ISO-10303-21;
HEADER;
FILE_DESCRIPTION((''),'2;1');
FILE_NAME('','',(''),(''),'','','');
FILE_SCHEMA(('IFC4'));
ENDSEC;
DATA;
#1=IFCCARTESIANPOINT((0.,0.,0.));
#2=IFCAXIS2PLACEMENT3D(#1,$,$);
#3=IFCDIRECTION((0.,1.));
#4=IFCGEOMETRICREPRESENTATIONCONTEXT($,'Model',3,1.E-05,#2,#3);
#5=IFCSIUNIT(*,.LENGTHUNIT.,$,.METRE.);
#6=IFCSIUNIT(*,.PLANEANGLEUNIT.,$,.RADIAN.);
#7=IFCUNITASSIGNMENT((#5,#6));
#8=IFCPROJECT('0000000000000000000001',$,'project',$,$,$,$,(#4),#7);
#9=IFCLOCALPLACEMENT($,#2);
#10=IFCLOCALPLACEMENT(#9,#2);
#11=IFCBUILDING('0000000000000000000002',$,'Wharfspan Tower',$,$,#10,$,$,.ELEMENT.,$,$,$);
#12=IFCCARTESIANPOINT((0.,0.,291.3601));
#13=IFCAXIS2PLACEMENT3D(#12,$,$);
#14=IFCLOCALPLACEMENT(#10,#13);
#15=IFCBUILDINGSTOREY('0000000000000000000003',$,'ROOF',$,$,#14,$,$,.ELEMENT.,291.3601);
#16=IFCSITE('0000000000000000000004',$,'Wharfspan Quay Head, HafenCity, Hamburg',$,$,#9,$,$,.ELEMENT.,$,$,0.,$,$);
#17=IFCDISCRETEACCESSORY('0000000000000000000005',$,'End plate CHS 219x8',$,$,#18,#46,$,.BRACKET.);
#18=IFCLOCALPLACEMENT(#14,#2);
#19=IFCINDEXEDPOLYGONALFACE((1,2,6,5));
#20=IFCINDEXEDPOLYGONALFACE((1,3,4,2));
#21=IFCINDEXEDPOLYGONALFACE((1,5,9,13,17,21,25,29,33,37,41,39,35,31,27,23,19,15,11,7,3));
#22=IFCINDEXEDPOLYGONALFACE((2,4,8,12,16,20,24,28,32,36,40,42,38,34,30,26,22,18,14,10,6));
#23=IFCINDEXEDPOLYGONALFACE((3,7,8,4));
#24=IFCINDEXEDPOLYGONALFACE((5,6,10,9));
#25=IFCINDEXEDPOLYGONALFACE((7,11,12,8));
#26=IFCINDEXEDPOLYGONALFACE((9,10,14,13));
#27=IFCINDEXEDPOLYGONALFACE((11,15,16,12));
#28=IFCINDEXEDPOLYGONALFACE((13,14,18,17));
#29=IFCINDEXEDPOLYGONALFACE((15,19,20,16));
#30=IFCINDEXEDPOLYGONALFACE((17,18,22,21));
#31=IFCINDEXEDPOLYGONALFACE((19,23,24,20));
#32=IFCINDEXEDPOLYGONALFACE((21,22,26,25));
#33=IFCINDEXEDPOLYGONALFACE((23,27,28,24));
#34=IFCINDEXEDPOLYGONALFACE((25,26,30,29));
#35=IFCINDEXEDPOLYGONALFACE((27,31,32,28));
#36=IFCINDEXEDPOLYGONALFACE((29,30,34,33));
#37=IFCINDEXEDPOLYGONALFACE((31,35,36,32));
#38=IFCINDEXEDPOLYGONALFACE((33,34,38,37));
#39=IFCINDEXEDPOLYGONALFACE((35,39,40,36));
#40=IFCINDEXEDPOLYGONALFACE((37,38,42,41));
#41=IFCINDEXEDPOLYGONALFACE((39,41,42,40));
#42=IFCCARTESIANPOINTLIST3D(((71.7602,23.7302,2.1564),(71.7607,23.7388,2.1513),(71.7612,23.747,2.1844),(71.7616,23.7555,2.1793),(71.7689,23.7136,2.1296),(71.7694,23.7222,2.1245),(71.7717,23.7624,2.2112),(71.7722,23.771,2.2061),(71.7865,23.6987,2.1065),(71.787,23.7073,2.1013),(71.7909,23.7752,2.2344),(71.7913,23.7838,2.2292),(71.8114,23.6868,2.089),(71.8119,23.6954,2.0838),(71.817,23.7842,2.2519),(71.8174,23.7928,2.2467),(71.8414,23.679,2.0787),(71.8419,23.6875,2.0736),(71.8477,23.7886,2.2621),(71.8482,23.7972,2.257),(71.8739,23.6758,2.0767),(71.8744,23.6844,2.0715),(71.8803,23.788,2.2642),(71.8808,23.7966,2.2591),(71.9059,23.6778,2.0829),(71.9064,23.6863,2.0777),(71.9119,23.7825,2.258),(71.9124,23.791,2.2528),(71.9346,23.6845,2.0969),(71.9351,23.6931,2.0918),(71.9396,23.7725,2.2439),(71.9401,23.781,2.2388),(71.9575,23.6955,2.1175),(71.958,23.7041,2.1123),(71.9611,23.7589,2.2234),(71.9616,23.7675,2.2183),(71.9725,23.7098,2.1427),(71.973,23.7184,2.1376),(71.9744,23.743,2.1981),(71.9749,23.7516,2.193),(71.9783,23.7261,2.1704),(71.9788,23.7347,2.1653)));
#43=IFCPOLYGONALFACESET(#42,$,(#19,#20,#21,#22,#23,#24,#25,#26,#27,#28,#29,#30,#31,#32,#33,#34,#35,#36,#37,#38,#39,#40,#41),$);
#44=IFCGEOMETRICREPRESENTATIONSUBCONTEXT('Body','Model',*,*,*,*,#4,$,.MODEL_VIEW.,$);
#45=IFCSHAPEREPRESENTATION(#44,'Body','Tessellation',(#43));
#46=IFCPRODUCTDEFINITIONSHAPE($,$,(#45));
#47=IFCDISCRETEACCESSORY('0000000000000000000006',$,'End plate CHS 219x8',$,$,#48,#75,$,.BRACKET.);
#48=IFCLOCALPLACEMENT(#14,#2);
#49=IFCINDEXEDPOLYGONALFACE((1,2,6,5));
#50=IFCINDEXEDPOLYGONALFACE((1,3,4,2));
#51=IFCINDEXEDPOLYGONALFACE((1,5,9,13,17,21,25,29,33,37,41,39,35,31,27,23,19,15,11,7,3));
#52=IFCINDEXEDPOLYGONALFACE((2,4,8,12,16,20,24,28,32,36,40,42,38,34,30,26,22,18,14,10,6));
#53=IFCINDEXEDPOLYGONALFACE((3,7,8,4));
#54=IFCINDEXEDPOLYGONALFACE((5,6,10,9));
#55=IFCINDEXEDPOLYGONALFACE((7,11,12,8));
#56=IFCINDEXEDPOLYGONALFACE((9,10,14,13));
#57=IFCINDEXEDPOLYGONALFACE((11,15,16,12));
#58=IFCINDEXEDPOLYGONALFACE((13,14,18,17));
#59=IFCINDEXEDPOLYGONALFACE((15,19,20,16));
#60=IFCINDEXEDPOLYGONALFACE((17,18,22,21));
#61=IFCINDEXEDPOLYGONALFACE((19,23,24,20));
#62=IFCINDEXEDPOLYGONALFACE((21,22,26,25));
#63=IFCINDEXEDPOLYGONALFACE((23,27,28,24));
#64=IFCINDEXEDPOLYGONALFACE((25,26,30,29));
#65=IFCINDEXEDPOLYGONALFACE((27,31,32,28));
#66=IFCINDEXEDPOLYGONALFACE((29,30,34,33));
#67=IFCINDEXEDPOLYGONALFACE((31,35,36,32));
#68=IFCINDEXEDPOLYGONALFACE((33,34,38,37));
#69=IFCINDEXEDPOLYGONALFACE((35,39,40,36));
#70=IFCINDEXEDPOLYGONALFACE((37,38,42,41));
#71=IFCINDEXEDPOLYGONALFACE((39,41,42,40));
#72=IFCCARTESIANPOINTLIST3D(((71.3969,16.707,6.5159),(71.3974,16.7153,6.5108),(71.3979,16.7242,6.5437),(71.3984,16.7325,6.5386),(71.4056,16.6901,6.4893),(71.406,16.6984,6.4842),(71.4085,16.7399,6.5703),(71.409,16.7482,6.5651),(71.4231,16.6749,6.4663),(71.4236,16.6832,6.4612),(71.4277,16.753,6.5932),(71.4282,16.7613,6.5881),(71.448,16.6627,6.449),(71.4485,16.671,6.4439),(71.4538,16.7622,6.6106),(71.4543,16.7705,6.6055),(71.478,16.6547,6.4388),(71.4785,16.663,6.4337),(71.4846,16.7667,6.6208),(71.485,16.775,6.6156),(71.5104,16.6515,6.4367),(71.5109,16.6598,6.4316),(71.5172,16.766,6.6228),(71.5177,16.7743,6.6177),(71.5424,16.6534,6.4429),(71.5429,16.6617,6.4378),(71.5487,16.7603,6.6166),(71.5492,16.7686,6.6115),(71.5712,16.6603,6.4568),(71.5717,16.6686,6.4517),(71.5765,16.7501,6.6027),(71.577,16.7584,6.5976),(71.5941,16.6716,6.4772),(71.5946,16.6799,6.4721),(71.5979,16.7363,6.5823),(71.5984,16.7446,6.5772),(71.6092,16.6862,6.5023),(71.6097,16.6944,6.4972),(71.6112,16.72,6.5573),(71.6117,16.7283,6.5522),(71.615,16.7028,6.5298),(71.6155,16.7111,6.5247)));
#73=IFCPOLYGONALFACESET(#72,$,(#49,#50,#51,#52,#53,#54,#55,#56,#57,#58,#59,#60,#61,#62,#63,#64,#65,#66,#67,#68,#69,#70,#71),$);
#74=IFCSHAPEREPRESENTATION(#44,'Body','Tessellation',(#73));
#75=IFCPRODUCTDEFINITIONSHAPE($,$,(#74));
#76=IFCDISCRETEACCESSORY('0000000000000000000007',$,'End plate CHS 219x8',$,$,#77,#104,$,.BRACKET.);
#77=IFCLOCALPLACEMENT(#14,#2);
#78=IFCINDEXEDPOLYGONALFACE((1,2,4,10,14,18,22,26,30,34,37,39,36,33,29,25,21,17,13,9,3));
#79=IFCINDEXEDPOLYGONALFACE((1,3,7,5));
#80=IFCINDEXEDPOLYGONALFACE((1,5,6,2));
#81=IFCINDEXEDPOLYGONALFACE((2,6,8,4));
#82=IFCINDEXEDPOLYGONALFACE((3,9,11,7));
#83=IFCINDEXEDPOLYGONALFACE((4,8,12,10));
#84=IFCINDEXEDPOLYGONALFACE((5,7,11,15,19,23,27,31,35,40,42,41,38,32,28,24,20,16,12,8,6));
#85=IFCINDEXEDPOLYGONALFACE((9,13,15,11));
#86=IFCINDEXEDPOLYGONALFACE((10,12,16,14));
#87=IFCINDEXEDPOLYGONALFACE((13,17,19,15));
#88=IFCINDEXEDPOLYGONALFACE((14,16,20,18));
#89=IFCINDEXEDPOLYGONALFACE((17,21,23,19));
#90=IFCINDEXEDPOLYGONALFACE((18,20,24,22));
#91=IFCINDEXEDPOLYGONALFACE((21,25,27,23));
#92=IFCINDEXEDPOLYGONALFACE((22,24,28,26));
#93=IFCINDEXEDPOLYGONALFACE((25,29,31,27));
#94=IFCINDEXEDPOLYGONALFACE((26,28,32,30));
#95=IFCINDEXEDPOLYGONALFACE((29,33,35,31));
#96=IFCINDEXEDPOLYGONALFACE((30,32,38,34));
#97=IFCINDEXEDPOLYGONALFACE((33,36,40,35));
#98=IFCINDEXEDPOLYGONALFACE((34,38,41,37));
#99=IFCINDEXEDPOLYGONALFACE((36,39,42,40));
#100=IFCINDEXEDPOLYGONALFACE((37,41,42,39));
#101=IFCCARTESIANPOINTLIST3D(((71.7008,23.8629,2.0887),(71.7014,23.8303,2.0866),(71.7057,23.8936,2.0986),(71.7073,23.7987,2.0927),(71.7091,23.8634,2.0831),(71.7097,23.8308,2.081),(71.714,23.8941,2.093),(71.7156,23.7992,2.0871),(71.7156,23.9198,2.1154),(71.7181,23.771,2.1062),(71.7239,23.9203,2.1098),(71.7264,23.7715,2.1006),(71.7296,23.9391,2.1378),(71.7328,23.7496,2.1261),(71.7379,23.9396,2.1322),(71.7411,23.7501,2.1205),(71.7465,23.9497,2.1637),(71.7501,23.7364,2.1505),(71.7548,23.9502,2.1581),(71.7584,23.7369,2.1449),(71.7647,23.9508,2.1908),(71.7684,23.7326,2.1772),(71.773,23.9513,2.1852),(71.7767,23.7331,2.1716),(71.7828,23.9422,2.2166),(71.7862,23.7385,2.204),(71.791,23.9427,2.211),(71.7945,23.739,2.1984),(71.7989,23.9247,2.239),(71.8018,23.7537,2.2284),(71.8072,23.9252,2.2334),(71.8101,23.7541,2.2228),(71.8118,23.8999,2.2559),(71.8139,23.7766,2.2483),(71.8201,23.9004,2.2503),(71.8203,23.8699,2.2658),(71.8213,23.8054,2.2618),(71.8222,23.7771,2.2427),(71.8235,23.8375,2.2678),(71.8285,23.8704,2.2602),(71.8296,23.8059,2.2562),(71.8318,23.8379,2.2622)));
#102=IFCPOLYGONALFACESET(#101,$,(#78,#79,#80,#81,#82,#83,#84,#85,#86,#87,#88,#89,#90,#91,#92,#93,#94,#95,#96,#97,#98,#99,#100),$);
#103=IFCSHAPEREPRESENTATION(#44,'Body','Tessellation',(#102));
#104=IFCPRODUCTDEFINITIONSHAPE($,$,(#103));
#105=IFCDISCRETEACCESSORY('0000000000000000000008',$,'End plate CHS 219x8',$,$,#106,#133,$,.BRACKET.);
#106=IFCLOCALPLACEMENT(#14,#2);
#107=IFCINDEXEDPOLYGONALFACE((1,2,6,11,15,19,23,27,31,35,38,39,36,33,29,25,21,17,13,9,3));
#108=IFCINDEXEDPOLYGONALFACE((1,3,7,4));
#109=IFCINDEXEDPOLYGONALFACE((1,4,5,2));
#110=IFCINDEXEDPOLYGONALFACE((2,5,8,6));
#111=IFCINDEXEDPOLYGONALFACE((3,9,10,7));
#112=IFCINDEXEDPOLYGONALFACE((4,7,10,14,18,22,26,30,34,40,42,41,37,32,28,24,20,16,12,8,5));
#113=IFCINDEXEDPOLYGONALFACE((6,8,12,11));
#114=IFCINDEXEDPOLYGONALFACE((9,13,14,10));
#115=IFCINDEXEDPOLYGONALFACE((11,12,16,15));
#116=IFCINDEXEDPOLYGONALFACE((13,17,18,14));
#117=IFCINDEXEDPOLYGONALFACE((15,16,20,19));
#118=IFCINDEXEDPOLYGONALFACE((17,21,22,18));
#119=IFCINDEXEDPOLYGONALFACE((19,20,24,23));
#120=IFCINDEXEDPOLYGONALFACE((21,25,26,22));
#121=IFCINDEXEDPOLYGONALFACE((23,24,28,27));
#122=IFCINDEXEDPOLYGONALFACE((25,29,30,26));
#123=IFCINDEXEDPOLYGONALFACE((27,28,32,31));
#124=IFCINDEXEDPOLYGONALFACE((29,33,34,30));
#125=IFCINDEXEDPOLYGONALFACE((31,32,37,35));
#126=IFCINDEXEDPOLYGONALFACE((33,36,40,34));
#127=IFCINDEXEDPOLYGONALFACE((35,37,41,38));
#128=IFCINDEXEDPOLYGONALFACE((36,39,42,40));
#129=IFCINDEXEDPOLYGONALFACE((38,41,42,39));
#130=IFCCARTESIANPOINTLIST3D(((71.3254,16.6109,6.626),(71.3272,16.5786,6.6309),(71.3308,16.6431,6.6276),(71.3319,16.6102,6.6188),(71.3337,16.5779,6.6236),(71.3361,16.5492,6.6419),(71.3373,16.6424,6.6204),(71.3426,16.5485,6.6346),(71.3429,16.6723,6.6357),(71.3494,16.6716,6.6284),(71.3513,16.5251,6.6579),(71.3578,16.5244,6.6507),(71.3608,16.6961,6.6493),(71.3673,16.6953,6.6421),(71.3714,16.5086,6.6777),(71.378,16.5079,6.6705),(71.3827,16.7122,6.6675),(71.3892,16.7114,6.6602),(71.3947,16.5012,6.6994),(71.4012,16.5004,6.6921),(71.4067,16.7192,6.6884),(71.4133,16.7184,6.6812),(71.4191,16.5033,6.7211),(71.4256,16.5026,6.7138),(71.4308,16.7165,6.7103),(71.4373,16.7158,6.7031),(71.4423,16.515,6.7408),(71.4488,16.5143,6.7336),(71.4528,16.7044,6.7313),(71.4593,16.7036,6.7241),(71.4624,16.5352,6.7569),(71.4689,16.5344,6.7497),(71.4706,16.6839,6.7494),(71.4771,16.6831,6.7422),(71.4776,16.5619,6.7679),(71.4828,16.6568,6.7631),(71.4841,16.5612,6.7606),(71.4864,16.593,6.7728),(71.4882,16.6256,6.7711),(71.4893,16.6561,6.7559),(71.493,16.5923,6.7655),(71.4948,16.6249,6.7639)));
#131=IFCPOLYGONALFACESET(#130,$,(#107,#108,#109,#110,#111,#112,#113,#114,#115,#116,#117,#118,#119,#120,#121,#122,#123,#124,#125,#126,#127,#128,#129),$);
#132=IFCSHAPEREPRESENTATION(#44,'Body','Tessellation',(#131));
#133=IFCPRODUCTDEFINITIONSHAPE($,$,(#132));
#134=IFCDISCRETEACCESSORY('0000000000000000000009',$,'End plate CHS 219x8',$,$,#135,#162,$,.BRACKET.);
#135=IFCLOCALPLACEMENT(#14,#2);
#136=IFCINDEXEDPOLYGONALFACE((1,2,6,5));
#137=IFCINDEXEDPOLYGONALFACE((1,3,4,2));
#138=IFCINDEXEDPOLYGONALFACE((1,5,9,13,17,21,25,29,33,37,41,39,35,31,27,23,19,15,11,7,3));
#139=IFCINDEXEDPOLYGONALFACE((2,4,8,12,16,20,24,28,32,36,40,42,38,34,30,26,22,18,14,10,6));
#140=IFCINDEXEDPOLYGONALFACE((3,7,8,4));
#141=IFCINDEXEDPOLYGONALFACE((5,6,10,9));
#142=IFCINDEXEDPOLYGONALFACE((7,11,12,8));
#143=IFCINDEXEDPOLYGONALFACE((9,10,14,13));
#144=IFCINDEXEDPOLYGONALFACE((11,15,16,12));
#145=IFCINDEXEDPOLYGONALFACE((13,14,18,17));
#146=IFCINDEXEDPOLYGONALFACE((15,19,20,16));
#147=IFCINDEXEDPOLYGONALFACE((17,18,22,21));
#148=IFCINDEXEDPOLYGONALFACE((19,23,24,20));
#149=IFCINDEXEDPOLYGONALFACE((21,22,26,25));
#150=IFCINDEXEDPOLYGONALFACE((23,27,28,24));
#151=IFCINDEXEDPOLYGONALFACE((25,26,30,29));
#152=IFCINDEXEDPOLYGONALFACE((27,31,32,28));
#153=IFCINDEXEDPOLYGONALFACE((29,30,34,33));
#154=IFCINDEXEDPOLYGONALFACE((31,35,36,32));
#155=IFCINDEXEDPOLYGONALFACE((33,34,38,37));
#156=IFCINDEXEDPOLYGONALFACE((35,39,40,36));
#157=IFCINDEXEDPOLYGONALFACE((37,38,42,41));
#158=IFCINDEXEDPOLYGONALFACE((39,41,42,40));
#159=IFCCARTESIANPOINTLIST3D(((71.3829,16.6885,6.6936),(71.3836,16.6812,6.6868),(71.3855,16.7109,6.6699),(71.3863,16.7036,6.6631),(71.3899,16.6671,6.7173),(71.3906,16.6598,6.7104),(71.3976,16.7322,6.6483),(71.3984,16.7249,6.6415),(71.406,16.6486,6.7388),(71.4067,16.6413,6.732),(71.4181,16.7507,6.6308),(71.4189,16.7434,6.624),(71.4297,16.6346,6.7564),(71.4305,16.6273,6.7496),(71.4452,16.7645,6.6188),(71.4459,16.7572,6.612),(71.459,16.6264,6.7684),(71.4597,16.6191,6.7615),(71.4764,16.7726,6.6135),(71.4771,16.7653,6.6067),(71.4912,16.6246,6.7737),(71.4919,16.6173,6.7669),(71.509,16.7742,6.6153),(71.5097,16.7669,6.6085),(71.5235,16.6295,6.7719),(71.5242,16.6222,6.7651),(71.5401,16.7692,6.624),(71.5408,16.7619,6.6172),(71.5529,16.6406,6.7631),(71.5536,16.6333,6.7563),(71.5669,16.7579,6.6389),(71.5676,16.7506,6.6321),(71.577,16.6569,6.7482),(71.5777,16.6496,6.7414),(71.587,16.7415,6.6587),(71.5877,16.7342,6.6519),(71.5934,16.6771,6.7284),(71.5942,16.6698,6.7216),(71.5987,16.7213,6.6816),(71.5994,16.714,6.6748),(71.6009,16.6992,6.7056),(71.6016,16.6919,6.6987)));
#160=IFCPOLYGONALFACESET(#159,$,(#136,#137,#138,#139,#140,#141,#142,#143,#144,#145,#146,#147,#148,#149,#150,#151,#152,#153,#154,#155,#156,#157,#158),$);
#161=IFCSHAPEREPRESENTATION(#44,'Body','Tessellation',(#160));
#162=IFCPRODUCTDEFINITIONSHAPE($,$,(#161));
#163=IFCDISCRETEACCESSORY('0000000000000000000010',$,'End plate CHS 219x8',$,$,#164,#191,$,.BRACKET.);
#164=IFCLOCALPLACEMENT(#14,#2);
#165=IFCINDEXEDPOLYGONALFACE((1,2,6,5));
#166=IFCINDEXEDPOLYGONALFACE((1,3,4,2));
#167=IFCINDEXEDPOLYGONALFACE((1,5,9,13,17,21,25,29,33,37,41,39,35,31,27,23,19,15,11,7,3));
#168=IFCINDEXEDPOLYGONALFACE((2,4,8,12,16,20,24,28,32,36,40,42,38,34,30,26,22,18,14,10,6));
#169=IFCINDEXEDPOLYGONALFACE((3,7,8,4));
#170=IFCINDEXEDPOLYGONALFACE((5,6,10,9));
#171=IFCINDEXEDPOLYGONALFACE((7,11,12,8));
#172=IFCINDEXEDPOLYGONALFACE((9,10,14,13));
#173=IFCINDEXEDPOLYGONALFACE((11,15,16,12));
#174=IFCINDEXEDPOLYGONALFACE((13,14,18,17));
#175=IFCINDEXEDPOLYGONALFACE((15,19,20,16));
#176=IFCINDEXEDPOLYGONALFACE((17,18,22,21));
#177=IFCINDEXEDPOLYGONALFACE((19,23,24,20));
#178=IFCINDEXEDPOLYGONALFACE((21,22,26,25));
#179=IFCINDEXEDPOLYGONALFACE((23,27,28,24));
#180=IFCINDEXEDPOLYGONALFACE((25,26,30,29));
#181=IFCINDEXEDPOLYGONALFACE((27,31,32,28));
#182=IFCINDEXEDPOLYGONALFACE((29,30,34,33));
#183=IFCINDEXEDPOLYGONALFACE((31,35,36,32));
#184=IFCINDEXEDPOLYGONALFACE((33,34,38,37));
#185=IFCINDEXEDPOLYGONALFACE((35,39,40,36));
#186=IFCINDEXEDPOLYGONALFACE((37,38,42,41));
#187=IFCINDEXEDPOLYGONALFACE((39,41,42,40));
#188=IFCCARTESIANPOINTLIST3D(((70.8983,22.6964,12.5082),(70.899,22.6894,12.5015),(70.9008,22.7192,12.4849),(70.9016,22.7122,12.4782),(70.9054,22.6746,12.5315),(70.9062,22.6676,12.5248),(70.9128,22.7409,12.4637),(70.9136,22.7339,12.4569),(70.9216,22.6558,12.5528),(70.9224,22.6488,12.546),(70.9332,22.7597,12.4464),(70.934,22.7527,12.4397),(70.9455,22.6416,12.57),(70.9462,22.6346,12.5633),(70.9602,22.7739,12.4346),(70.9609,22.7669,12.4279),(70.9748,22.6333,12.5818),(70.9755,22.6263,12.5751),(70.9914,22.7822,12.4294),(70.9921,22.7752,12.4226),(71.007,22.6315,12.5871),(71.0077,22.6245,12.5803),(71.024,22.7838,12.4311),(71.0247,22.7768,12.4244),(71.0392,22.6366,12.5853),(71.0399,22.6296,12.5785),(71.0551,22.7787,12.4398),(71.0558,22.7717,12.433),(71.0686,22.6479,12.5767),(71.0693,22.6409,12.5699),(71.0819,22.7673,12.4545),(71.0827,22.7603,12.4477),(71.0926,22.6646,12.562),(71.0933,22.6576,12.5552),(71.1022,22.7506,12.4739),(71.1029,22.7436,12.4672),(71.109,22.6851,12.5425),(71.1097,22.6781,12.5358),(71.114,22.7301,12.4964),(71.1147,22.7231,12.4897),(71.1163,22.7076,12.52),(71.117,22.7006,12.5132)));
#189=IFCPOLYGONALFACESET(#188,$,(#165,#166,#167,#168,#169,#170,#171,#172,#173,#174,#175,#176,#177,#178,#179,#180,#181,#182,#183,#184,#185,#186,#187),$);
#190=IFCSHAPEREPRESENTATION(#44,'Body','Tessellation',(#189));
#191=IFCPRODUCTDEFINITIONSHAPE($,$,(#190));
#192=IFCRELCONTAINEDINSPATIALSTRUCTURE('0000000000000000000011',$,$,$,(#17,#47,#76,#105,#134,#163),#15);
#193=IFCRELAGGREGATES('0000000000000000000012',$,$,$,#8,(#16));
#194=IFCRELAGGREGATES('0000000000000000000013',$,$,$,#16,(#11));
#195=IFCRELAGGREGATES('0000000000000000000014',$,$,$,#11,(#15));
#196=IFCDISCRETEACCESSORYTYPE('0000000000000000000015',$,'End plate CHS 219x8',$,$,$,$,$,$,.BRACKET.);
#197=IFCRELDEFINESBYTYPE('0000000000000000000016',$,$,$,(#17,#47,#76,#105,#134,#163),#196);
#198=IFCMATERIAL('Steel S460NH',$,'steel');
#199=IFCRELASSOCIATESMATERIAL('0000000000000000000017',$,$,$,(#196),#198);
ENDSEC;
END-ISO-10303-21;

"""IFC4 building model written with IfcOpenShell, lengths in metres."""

from ifc_helpers import new_model, si_unit, direction, frame, origin, origin_2d, place, context, subcontext, project, spatial, circle, extrude, material, material_profile, profile_set, type_object, element, save


model = new_model("IFC4")

# Units and contexts
model_context = context("Model", 3, precision=1e-05, world=origin(), true_north=direction((0.0, 1.0)))
body_context = subcontext(model_context, "Body", "Model", "MODEL_VIEW")
ifc_project = project(units=[si_unit("LENGTHUNIT", "METRE"), si_unit("PLANEANGLEUNIT", "RADIAN")], contexts=[model_context])

# Site, building, storey
site_placement = place(None, origin())
site = spatial("IfcSite", under=ifc_project, at=site_placement, Name="Wharfspan Quay Head, HafenCity, Hamburg", CompositionType="ELEMENT", RefElevation=0.0)
building_placement = place(site_placement, origin())
building = spatial("IfcBuilding", under=site, at=building_placement, Name="Wharfspan Tower", CompositionType="ELEMENT")
storey_placement = place(building_placement, frame((0.0, 0.0, 291.3601)))
storey = spatial("IfcBuildingStorey", under=building, at=storey_placement, Name="ROOF", CompositionType="ELEMENT", Elevation=291.3601)

# Shared definitions
ifc_material_1 = material(Name="Steel S460NH", Category="steel")

# Discrete accessories
ifc_material_profile_1 = material_profile(ifc_material_1, circle(Radius=0.1096, at=origin_2d()))
ifc_profile_set_1 = profile_set([ifc_material_profile_1], Name="Steel S460NH")
discrete_accessory_type_1 = type_object("IfcDiscreteAccessoryType", Name="End plate CHS 219x8", PredefinedType="BRACKET", material=ifc_profile_set_1)
for number, where, z_axis, x_axis, name in (
    (1, (71.8694, 23.741, 2.1653), (-0.048941, -0.856465, 0.513879), (0.998372, -0.05705, 0.0), "End plate CHS 219x8"),
):
    element("IfcDiscreteAccessory", number, at=place(storey_placement, frame(where, z_axis=z_axis, x_axis=x_axis)), inside=storey, type_object=discrete_accessory_type_1, Name=name, PredefinedType="BRACKET", context=body_context, shape_type="SweptSolid", body=[
        extrude(circle(Radius=0.1096, at=origin_2d()), origin(), (0.0, 0.0, 1.0), 0.01),
    ])
discrete_accessory_1_placement = place(storey_placement, frame((71.5061, 16.7175, 6.5247), z_axis=(-0.049984, -0.849734, 0.524836), x_axis=(0.998277, -0.058723, -0.000002)))
element("IfcDiscreteAccessory", 2, at=discrete_accessory_1_placement, inside=storey, type_object=discrete_accessory_type_1, Name="End plate CHS 219x8", PredefinedType="BRACKET", context=body_context, shape_type="SweptSolid", body=[
    extrude(circle(Radius=0.1096, at=origin_2d()), origin(), (0.0, 0.0, 1.0), 0.0098),
])
discrete_accessory_2_placement = place(storey_placement, frame((71.7703, 23.8425, 2.1716), z_axis=(-0.827302, -0.048665, 0.559645), x_axis=(0.058723, -0.998276, 0.000001)))
element("IfcDiscreteAccessory", 3, at=discrete_accessory_2_placement, inside=storey, type_object=discrete_accessory_type_1, Name="End plate CHS 219x8", PredefinedType="BRACKET", context=body_context, shape_type="SweptSolid", body=[
    extrude(circle(Radius=0.1096, at=origin_2d()), origin(), (0.0, 0.0, 1.0), 0.01),
])
discrete_accessory_3_placement = place(storey_placement, frame((71.4133, 16.6094, 6.6921), z_axis=(-0.667124, 0.074125, 0.741249), x_axis=(-0.110432, -0.993887, 0.0)))
element("IfcDiscreteAccessory", 4, at=discrete_accessory_3_placement, inside=storey, type_object=discrete_accessory_type_1, Name="End plate CHS 219x8", PredefinedType="BRACKET", context=body_context, shape_type="SweptSolid", body=[
    extrude(circle(Radius=0.1096, at=origin_2d()), origin(), (0.0, 0.0, 1.0), 0.0098),
])
discrete_accessory_4_placement = place(storey_placement, frame((71.4927, 16.6921, 6.6868), z_axis=(-0.072911, 0.72911, 0.680502), x_axis=(-0.99504, -0.099504, 0.0)))
element("IfcDiscreteAccessory", 5, at=discrete_accessory_4_placement, inside=storey, type_object=discrete_accessory_type_1, Name="End plate CHS 219x8", PredefinedType="BRACKET", context=body_context, shape_type="SweptSolid", body=[
    extrude(circle(Radius=0.1096, at=origin_2d()), origin(), (0.0, 0.0, 1.0), 0.01),
])
for number, where, z_axis, x_axis, name in (
    (6, (71.0081, 22.7007, 12.5015), (-0.074216, 0.717418, 0.692679), (-0.994695, -0.102899, -0.000001), "End plate CHS 219x8"),
):
    element("IfcDiscreteAccessory", number, at=place(storey_placement, frame(where, z_axis=z_axis, x_axis=x_axis)), inside=storey, type_object=discrete_accessory_type_1, Name=name, PredefinedType="BRACKET", context=body_context, shape_type="SweptSolid", body=[
        extrude(circle(Radius=0.1096, at=origin_2d()), origin(), (0.0, 0.0, 1.0), 0.0098),
    ])

save(model, "model.ifc")
